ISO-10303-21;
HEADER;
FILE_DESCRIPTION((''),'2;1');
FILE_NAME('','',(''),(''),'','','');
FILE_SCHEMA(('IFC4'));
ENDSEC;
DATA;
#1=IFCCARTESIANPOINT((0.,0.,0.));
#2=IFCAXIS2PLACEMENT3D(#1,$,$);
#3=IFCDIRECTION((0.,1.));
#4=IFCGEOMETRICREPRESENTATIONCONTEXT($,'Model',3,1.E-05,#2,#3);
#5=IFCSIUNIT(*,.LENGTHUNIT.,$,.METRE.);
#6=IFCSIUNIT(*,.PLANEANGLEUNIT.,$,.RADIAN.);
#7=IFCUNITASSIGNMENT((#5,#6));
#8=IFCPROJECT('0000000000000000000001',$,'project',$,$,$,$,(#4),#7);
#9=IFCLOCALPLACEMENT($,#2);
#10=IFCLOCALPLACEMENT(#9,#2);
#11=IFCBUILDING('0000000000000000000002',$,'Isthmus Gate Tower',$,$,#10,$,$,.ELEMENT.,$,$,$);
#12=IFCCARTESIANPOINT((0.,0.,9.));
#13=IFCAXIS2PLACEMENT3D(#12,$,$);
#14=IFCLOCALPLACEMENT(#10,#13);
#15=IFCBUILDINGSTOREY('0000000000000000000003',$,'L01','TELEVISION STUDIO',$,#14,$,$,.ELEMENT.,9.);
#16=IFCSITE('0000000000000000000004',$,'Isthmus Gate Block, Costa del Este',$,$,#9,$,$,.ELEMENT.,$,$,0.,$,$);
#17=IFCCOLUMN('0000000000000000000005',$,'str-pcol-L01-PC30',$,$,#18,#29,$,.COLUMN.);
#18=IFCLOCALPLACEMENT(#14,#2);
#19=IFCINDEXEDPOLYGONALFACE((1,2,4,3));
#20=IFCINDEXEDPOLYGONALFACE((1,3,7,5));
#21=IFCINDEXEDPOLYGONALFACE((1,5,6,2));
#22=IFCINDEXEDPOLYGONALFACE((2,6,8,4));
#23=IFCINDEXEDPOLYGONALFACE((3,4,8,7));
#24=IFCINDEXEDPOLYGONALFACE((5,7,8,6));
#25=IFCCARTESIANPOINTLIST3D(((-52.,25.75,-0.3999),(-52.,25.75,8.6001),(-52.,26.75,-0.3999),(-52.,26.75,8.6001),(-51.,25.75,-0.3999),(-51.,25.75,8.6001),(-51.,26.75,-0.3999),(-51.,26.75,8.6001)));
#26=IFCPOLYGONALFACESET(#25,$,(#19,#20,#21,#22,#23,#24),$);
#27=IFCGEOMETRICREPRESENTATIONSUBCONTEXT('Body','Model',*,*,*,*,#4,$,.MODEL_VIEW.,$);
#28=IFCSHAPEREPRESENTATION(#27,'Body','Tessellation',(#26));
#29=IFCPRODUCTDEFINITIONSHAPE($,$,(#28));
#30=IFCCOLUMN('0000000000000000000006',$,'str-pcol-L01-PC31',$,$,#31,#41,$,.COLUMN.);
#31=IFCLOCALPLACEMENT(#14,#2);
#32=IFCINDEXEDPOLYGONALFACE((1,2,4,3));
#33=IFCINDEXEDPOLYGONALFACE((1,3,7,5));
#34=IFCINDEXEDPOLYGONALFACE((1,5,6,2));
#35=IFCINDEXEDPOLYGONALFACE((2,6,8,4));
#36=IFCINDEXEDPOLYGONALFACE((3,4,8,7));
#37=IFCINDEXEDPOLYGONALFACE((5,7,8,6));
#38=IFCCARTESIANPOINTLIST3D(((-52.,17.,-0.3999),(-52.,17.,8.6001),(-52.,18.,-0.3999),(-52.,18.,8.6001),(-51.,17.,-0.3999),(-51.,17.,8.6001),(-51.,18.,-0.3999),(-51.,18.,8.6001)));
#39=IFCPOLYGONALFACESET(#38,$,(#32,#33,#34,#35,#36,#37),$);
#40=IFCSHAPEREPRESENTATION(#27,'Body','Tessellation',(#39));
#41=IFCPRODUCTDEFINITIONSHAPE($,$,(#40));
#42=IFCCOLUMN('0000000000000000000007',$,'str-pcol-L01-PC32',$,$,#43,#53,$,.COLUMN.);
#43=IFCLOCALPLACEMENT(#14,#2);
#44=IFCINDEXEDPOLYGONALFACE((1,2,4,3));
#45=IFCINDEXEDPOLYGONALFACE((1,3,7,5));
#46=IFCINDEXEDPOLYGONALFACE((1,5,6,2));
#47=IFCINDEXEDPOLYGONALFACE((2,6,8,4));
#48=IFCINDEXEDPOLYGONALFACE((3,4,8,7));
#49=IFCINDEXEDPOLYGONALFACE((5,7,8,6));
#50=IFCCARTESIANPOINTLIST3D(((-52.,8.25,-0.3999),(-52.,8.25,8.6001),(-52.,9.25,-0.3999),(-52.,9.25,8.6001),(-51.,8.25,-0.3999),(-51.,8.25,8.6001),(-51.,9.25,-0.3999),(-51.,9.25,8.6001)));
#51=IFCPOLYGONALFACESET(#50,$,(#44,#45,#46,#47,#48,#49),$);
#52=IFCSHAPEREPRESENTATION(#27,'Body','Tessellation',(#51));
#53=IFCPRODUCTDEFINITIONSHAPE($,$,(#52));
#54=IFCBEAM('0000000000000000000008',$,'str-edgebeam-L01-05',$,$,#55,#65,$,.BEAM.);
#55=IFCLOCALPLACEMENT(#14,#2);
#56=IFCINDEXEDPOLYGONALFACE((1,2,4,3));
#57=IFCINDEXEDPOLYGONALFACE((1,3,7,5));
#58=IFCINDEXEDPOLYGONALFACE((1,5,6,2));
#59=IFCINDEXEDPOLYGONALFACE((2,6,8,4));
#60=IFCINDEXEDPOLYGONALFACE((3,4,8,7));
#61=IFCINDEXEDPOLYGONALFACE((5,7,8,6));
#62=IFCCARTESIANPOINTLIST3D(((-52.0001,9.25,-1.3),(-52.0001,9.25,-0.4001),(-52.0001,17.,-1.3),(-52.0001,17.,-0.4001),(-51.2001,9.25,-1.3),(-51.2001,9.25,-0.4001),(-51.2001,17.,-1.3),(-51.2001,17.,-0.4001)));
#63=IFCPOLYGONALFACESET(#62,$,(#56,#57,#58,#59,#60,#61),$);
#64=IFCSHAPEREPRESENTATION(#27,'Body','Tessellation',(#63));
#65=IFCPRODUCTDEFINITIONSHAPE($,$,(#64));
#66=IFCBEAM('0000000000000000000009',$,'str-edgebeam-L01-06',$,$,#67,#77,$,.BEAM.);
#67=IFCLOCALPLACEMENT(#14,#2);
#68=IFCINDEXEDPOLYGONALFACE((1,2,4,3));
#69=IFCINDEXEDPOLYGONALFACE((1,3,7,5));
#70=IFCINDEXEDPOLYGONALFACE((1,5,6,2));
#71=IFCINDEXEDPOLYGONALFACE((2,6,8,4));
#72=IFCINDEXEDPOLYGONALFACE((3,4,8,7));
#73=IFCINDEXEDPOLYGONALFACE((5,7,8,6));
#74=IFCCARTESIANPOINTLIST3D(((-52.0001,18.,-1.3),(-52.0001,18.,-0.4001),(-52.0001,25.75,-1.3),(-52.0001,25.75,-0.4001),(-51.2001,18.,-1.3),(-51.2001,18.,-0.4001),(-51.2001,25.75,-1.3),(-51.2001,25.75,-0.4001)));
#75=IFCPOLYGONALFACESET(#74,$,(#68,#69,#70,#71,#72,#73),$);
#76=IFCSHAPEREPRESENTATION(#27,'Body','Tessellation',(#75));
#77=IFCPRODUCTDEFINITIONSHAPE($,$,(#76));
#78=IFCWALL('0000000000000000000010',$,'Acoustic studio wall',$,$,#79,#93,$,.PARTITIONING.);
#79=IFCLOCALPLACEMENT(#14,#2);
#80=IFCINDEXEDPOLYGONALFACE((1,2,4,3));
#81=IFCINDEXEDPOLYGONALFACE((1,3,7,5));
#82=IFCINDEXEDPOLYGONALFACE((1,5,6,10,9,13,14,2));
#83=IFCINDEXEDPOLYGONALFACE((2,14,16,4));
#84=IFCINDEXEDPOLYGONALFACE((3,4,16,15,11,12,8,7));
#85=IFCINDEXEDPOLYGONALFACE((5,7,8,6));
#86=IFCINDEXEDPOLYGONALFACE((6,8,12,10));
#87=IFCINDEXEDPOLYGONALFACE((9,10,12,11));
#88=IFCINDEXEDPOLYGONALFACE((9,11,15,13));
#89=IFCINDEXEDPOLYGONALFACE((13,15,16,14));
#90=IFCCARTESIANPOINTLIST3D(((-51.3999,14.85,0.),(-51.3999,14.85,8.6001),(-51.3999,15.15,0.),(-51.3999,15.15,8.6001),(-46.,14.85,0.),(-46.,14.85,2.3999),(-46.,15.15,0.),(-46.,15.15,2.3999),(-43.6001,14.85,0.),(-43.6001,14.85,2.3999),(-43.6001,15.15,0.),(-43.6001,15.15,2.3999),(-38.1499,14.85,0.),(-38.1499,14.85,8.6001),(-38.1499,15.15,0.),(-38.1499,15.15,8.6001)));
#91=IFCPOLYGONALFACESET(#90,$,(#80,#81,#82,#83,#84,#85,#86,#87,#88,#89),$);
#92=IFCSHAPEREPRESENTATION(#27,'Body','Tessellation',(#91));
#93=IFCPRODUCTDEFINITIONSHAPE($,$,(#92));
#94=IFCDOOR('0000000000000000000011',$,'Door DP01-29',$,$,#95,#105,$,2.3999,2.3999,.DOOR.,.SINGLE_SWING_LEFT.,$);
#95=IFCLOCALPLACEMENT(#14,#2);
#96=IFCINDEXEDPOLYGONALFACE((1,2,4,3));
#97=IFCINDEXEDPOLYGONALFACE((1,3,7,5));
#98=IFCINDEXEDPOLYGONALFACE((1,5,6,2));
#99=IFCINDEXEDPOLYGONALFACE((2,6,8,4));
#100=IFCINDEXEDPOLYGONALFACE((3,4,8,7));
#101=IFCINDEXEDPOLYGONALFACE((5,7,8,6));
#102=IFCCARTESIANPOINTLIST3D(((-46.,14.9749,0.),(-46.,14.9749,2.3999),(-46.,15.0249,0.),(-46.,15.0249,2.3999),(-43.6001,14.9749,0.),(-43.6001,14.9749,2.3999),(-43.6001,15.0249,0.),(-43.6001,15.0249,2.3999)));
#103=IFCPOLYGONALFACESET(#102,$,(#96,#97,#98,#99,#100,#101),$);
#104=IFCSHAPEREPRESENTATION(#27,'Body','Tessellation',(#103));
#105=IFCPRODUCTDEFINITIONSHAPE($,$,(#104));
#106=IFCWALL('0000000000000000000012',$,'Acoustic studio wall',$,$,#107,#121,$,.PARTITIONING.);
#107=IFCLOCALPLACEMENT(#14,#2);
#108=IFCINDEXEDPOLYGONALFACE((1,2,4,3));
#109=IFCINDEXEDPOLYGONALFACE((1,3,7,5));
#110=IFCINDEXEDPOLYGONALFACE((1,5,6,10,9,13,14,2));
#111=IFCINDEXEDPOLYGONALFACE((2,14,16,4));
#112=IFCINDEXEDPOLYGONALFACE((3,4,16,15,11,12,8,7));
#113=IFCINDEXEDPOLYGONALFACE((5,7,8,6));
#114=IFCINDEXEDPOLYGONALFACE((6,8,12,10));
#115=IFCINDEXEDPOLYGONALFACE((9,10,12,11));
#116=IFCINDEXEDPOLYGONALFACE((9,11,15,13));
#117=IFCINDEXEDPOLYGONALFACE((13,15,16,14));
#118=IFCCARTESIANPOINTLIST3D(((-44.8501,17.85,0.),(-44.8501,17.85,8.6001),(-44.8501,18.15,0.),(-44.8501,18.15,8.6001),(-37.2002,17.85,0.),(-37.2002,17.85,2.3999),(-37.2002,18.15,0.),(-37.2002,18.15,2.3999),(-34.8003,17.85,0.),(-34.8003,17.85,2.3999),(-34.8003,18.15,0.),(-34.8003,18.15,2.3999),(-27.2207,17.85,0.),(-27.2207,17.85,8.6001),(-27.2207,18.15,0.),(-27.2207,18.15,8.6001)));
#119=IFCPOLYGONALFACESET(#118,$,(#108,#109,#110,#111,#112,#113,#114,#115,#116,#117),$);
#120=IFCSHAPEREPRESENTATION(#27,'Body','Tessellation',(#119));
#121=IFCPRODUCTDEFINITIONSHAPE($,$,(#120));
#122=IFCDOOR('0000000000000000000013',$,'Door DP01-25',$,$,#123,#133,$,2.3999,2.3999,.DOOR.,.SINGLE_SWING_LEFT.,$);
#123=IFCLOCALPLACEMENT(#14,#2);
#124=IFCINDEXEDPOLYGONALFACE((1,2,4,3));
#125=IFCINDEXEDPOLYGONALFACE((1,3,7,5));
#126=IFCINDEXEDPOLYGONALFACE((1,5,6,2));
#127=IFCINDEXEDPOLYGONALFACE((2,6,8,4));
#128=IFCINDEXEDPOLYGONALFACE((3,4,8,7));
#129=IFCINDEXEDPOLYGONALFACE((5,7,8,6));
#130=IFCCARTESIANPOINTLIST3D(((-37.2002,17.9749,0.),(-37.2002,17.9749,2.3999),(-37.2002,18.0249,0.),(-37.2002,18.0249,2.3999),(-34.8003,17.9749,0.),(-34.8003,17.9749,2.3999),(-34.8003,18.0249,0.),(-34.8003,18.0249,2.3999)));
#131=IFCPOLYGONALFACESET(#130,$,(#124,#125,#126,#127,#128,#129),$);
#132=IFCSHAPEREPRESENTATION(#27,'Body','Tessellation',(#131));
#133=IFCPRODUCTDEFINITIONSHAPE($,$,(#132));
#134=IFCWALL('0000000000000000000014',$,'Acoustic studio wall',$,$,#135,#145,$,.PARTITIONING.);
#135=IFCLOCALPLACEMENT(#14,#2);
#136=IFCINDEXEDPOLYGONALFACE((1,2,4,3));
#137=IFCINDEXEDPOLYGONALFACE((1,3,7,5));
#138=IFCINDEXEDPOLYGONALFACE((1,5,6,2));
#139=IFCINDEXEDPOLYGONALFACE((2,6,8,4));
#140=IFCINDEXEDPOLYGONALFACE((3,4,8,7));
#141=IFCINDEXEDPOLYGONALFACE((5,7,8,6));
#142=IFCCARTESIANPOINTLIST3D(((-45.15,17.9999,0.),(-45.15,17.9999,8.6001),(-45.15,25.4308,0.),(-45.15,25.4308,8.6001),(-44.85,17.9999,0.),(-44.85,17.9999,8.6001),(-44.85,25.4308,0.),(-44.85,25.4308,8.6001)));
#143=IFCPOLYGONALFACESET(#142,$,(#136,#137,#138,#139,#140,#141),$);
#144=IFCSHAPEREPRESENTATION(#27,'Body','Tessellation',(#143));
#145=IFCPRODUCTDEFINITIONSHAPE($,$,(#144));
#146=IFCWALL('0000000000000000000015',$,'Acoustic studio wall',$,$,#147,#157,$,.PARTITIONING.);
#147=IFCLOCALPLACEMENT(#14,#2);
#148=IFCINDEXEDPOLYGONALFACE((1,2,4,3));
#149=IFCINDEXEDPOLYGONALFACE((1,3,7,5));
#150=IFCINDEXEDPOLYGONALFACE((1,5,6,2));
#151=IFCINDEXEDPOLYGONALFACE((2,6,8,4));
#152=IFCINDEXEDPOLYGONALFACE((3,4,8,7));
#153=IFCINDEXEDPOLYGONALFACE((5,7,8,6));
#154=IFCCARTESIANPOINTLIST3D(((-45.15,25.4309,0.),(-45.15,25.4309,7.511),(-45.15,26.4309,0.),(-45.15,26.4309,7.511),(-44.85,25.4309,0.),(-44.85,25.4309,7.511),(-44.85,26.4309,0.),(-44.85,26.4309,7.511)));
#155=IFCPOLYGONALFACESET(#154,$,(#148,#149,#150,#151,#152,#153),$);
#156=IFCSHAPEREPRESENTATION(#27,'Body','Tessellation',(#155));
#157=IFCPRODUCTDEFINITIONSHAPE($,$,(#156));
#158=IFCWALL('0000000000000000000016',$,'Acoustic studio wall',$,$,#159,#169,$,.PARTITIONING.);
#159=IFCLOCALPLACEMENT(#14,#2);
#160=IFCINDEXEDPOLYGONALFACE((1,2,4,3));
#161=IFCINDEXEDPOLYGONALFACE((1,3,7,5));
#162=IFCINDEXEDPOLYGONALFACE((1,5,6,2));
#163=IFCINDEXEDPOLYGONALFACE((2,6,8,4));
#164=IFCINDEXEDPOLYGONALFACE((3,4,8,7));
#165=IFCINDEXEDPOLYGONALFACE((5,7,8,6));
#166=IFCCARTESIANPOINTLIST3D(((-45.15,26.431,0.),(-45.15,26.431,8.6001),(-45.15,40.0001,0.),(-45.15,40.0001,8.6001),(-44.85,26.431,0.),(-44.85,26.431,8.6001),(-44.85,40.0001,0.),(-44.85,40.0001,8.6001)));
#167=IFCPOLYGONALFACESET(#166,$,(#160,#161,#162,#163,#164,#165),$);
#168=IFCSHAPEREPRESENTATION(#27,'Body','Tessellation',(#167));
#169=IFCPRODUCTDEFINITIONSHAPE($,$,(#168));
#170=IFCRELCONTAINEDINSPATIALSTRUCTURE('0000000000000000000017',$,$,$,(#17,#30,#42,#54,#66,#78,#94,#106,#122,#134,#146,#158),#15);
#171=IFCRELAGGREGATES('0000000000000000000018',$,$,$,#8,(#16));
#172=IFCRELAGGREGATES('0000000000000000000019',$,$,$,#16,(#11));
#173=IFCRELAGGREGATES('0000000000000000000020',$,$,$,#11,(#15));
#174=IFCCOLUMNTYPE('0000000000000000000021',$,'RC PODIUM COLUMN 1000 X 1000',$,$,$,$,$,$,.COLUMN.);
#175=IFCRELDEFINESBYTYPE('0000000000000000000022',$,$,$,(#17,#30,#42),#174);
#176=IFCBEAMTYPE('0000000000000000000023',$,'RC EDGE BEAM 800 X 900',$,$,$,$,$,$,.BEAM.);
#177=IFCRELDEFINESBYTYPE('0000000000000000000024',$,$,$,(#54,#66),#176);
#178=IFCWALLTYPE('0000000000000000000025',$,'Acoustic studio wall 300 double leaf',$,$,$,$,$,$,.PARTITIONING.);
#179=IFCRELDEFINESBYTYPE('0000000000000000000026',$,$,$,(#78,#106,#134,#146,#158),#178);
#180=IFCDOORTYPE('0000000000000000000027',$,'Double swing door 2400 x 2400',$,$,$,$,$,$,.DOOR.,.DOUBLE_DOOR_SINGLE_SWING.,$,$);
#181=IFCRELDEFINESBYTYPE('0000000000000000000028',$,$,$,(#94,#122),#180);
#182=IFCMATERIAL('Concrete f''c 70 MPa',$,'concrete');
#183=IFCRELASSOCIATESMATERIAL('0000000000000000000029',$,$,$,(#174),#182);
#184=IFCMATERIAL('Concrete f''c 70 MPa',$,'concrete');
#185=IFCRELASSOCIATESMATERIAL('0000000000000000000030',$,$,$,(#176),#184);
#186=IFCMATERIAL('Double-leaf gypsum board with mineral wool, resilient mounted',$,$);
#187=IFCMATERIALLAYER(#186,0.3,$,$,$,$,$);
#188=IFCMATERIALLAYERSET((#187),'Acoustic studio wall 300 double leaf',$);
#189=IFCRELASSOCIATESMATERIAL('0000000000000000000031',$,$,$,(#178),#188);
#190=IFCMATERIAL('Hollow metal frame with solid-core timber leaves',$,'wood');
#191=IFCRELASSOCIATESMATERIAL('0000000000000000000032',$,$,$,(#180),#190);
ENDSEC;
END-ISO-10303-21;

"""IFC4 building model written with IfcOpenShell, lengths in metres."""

from ifc_helpers import new_model, si_unit, direction, frame, frame_2d, origin, origin_2d, place, context, subcontext, project, spatial, rectangle, extrude, material, layer, layer_set, material_profile, profile_set, type_object, element, fill, save


model = new_model("IFC4")

# Units and contexts
model_context = context("Model", 3, precision=1e-05, world=origin(), true_north=direction((0.0, 1.0)))
body_context = subcontext(model_context, "Body", "Model", "MODEL_VIEW")
ifc_project = project(units=[si_unit("LENGTHUNIT", "METRE"), si_unit("PLANEANGLEUNIT", "RADIAN")], contexts=[model_context])

# Site, building, storey
site_placement = place(None, origin())
site = spatial("IfcSite", under=ifc_project, at=site_placement, Name="Isthmus Gate Block, Costa del Este", CompositionType="ELEMENT", RefElevation=0.0)
building_placement = place(site_placement, origin())
building = spatial("IfcBuilding", under=site, at=building_placement, Name="Isthmus Gate Tower", CompositionType="ELEMENT")
storey_placement = place(building_placement, frame((0.0, 0.0, 9.0)))
storey = spatial("IfcBuildingStorey", under=building, at=storey_placement, Name="L01", Description="TELEVISION STUDIO", CompositionType="ELEMENT", Elevation=9.0)

# Columns
ifc_material_1 = material(Name="Concrete f'c 70 MPa", Category="concrete")
ifc_material_profile_1 = material_profile(ifc_material_1, rectangle(XDim=1.0, YDim=1.0, at=origin_2d()), Name="RC 1000X1000")
ifc_profile_set_1 = profile_set([ifc_material_profile_1], Name="Concrete f'c 70 MPa")
column_type = type_object("IfcColumnType", Name="RC PODIUM COLUMN 1000 X 1000", PredefinedType="COLUMN", material=ifc_profile_set_1)
for number, where, z_axis, x_axis, name in (
    (1, (-51.5, 26.25, -0.3999), (0.0, 0.0, 1.0), (0.0, -1.0, 0.0), "str-pcol-L01-PC30"),
    (2, (-51.5, 17.5, -0.3999), (0.0, 0.0, 1.0), (0.0, -1.0, 0.0), "str-pcol-L01-PC31"),
    (3, (-51.5, 8.75, -0.3999), (0.0, 0.0, 1.0), (0.0, -1.0, 0.0), "str-pcol-L01-PC32"),
):
    element("IfcColumn", number, at=place(storey_placement, frame(where, z_axis=z_axis, x_axis=x_axis)), inside=storey, type_object=column_type, Name=name, PredefinedType="COLUMN", context=body_context, shape_type="SweptSolid", body=[
        extrude(rectangle(XDim=1.0, YDim=1.0, at=origin_2d()), origin(), (0.0, 0.0, 1.0), 9.0),
    ])

# Beams
ifc_material_2 = material(Name="Concrete f'c 70 MPa", Category="concrete")
ifc_material_profile_2 = material_profile(ifc_material_2, rectangle(XDim=0.8, YDim=0.8999, at=origin_2d()), Name="RC 800X900")
ifc_profile_set_2 = profile_set([ifc_material_profile_2], Name="Concrete f'c 70 MPa")
beam_type = type_object("IfcBeamType", Name="RC EDGE BEAM 800 X 900", PredefinedType="BEAM", material=ifc_profile_set_2)
for number, where, z_axis, x_axis, name in (
    (4, (-51.6001, 9.25, -0.8501), (0.0, 1.0, 0.0), (-1.0, 0.0, 0.0), "str-edgebeam-L01-05"),
    (5, (-51.6001, 18.0, -0.8501), (0.0, 1.0, 0.0), (-1.0, 0.0, 0.0), "str-edgebeam-L01-06"),
):
    element("IfcBeam", number, at=place(storey_placement, frame(where, z_axis=z_axis, x_axis=x_axis)), inside=storey, type_object=beam_type, Name=name, PredefinedType="BEAM", context=body_context, shape_type="SweptSolid", body=[
        extrude(rectangle(XDim=0.8, YDim=0.8999, at=origin_2d()), origin(), (0.0, 0.0, 1.0), 7.75),
    ])

# Walls, openings, doors
ifc_material_3 = material(Name="Double-leaf gypsum board with mineral wool, resilient mounted")
ifc_layer_1 = layer(ifc_material_3, 0.3)
ifc_layer_set_1 = layer_set([ifc_layer_1], Name="Acoustic studio wall 300 double leaf")
wall_type_1 = type_object("IfcWallType", Name="Acoustic studio wall 300 double leaf", PredefinedType="PARTITIONING", material=ifc_layer_set_1)
wall_1_placement = place(storey_placement, frame((-51.3999, 15.0, 0.0), z_axis=(0.0, 0.0, 1.0), x_axis=(1.0, 0.0, 0.0)))
wall_1 = element("IfcWall", 6, at=wall_1_placement, inside=storey, type_object=wall_type_1, Name="Acoustic studio wall", PredefinedType="PARTITIONING", context=body_context, shape_type="SweptSolid", body=[
    extrude(rectangle(XDim=13.25, YDim=0.3, at=frame_2d((6.625, 0.0))), origin(), (0.0, 0.0, 1.0), 8.6001),
])
opening_1_placement = place(wall_1_placement, frame((5.3999, 0.0, 0.0)))
opening_1 = element("IfcOpeningElement", 7, at=opening_1_placement, cuts=wall_1, PredefinedType="OPENING", context=body_context, shape_type="SweptSolid", body=[
    extrude(rectangle(XDim=2.3999, YDim=2.3999, at=frame_2d((1.2, 1.2))), frame((0.0, 0.1599, 0.0), z_axis=(0.0, -1.0, 0.0), x_axis=(1.0, 0.0, 0.0)), (0.0, 0.0, 1.0), 0.3201),
])
ifc_material_4 = material(Name="Hollow metal frame with solid-core timber leaves", Category="wood")
door_type_1 = type_object("IfcDoorType", Name="Double swing door 2400 x 2400", OperationType="DOUBLE_DOOR_SINGLE_SWING", PredefinedType="DOOR", material=ifc_material_4)
door_1_placement = place(opening_1_placement, origin())
door_1 = element("IfcDoor", 8, at=door_1_placement, inside=storey, type_object=door_type_1, Name="Door DP01-29", OperationType="SINGLE_SWING_LEFT", OverallHeight=2.3999, OverallWidth=2.3999, PredefinedType="DOOR", context=body_context, shape_type="SweptSolid", body=[
    extrude(rectangle(XDim=2.3999, YDim=2.3999, at=frame_2d((1.2, 1.2))), frame((0.0, 0.0249, 0.0), z_axis=(0.0, -1.0, 0.0), x_axis=(1.0, 0.0, 0.0)), (0.0, 0.0, 1.0), 0.05),
])
fill(opening_1, door_1)
wall_2_placement = place(storey_placement, frame((-44.8501, 18.0, 0.0), z_axis=(0.0, 0.0, 1.0), x_axis=(1.0, 0.0, 0.0)))
wall_2 = element("IfcWall", 9, at=wall_2_placement, inside=storey, type_object=wall_type_1, Name="Acoustic studio wall", PredefinedType="PARTITIONING", context=body_context, shape_type="SweptSolid", body=[
    extrude(rectangle(XDim=17.6294, YDim=0.3, at=frame_2d((8.8147, 0.0))), origin(), (0.0, 0.0, 1.0), 8.6001),
])
opening_2_placement = place(wall_2_placement, frame((7.6499, 0.0, 0.0)))
opening_2 = element("IfcOpeningElement", 10, at=opening_2_placement, cuts=wall_2, PredefinedType="OPENING", context=body_context, shape_type="SweptSolid", body=[
    extrude(rectangle(XDim=2.3999, YDim=2.3999, at=frame_2d((1.2, 1.2))), frame((0.0, 0.1599, 0.0), z_axis=(0.0, -1.0, 0.0), x_axis=(1.0, 0.0, 0.0)), (0.0, 0.0, 1.0), 0.3201),
])
door_2_placement = place(opening_2_placement, origin())
door_2 = element("IfcDoor", 11, at=door_2_placement, inside=storey, type_object=door_type_1, Name="Door DP01-25", OperationType="SINGLE_SWING_LEFT", OverallHeight=2.3999, OverallWidth=2.3999, PredefinedType="DOOR", context=body_context, shape_type="SweptSolid", body=[
    extrude(rectangle(XDim=2.3999, YDim=2.3999, at=frame_2d((1.2, 1.2))), frame((0.0, 0.0249, 0.0), z_axis=(0.0, -1.0, 0.0), x_axis=(1.0, 0.0, 0.0)), (0.0, 0.0, 1.0), 0.05),
])
fill(opening_2, door_2)

# Walls
wall_3_placement = place(storey_placement, frame((-45.0, 18.0, 0.0), z_axis=(0.0, 0.0, 1.0), x_axis=(0.0, 1.0, 0.0)))
element("IfcWall", 12, at=wall_3_placement, inside=storey, type_object=wall_type_1, Name="Acoustic studio wall", PredefinedType="PARTITIONING", context=body_context, shape_type="SweptSolid", body=[
    extrude(rectangle(XDim=7.4309, YDim=0.3, at=frame_2d((3.7153, 0.0))), origin(), (0.0, 0.0, 1.0), 8.6001),
])
wall_4_placement = place(storey_placement, frame((-45.0, 25.4309, 0.0), z_axis=(0.0, 0.0, 1.0), x_axis=(0.0, 1.0, 0.0)))
element("IfcWall", 13, at=wall_4_placement, inside=storey, type_object=wall_type_1, Name="Acoustic studio wall", PredefinedType="PARTITIONING", context=body_context, shape_type="SweptSolid", body=[
    extrude(rectangle(XDim=1.0, YDim=0.3, at=frame_2d((0.5, 0.0))), origin(), (0.0, 0.0, 1.0), 7.511),
])
wall_5_placement = place(storey_placement, frame((-45.0, 26.4309, 0.0), z_axis=(0.0, 0.0, 1.0), x_axis=(0.0, 1.0, 0.0)))
element("IfcWall", 14, at=wall_5_placement, inside=storey, type_object=wall_type_1, Name="Acoustic studio wall", PredefinedType="PARTITIONING", context=body_context, shape_type="SweptSolid", body=[
    extrude(rectangle(XDim=13.5691, YDim=0.3, at=frame_2d((6.7847, 0.0))), origin(), (0.0, 0.0, 1.0), 8.6001),
])

save(model, "model.ifc")
